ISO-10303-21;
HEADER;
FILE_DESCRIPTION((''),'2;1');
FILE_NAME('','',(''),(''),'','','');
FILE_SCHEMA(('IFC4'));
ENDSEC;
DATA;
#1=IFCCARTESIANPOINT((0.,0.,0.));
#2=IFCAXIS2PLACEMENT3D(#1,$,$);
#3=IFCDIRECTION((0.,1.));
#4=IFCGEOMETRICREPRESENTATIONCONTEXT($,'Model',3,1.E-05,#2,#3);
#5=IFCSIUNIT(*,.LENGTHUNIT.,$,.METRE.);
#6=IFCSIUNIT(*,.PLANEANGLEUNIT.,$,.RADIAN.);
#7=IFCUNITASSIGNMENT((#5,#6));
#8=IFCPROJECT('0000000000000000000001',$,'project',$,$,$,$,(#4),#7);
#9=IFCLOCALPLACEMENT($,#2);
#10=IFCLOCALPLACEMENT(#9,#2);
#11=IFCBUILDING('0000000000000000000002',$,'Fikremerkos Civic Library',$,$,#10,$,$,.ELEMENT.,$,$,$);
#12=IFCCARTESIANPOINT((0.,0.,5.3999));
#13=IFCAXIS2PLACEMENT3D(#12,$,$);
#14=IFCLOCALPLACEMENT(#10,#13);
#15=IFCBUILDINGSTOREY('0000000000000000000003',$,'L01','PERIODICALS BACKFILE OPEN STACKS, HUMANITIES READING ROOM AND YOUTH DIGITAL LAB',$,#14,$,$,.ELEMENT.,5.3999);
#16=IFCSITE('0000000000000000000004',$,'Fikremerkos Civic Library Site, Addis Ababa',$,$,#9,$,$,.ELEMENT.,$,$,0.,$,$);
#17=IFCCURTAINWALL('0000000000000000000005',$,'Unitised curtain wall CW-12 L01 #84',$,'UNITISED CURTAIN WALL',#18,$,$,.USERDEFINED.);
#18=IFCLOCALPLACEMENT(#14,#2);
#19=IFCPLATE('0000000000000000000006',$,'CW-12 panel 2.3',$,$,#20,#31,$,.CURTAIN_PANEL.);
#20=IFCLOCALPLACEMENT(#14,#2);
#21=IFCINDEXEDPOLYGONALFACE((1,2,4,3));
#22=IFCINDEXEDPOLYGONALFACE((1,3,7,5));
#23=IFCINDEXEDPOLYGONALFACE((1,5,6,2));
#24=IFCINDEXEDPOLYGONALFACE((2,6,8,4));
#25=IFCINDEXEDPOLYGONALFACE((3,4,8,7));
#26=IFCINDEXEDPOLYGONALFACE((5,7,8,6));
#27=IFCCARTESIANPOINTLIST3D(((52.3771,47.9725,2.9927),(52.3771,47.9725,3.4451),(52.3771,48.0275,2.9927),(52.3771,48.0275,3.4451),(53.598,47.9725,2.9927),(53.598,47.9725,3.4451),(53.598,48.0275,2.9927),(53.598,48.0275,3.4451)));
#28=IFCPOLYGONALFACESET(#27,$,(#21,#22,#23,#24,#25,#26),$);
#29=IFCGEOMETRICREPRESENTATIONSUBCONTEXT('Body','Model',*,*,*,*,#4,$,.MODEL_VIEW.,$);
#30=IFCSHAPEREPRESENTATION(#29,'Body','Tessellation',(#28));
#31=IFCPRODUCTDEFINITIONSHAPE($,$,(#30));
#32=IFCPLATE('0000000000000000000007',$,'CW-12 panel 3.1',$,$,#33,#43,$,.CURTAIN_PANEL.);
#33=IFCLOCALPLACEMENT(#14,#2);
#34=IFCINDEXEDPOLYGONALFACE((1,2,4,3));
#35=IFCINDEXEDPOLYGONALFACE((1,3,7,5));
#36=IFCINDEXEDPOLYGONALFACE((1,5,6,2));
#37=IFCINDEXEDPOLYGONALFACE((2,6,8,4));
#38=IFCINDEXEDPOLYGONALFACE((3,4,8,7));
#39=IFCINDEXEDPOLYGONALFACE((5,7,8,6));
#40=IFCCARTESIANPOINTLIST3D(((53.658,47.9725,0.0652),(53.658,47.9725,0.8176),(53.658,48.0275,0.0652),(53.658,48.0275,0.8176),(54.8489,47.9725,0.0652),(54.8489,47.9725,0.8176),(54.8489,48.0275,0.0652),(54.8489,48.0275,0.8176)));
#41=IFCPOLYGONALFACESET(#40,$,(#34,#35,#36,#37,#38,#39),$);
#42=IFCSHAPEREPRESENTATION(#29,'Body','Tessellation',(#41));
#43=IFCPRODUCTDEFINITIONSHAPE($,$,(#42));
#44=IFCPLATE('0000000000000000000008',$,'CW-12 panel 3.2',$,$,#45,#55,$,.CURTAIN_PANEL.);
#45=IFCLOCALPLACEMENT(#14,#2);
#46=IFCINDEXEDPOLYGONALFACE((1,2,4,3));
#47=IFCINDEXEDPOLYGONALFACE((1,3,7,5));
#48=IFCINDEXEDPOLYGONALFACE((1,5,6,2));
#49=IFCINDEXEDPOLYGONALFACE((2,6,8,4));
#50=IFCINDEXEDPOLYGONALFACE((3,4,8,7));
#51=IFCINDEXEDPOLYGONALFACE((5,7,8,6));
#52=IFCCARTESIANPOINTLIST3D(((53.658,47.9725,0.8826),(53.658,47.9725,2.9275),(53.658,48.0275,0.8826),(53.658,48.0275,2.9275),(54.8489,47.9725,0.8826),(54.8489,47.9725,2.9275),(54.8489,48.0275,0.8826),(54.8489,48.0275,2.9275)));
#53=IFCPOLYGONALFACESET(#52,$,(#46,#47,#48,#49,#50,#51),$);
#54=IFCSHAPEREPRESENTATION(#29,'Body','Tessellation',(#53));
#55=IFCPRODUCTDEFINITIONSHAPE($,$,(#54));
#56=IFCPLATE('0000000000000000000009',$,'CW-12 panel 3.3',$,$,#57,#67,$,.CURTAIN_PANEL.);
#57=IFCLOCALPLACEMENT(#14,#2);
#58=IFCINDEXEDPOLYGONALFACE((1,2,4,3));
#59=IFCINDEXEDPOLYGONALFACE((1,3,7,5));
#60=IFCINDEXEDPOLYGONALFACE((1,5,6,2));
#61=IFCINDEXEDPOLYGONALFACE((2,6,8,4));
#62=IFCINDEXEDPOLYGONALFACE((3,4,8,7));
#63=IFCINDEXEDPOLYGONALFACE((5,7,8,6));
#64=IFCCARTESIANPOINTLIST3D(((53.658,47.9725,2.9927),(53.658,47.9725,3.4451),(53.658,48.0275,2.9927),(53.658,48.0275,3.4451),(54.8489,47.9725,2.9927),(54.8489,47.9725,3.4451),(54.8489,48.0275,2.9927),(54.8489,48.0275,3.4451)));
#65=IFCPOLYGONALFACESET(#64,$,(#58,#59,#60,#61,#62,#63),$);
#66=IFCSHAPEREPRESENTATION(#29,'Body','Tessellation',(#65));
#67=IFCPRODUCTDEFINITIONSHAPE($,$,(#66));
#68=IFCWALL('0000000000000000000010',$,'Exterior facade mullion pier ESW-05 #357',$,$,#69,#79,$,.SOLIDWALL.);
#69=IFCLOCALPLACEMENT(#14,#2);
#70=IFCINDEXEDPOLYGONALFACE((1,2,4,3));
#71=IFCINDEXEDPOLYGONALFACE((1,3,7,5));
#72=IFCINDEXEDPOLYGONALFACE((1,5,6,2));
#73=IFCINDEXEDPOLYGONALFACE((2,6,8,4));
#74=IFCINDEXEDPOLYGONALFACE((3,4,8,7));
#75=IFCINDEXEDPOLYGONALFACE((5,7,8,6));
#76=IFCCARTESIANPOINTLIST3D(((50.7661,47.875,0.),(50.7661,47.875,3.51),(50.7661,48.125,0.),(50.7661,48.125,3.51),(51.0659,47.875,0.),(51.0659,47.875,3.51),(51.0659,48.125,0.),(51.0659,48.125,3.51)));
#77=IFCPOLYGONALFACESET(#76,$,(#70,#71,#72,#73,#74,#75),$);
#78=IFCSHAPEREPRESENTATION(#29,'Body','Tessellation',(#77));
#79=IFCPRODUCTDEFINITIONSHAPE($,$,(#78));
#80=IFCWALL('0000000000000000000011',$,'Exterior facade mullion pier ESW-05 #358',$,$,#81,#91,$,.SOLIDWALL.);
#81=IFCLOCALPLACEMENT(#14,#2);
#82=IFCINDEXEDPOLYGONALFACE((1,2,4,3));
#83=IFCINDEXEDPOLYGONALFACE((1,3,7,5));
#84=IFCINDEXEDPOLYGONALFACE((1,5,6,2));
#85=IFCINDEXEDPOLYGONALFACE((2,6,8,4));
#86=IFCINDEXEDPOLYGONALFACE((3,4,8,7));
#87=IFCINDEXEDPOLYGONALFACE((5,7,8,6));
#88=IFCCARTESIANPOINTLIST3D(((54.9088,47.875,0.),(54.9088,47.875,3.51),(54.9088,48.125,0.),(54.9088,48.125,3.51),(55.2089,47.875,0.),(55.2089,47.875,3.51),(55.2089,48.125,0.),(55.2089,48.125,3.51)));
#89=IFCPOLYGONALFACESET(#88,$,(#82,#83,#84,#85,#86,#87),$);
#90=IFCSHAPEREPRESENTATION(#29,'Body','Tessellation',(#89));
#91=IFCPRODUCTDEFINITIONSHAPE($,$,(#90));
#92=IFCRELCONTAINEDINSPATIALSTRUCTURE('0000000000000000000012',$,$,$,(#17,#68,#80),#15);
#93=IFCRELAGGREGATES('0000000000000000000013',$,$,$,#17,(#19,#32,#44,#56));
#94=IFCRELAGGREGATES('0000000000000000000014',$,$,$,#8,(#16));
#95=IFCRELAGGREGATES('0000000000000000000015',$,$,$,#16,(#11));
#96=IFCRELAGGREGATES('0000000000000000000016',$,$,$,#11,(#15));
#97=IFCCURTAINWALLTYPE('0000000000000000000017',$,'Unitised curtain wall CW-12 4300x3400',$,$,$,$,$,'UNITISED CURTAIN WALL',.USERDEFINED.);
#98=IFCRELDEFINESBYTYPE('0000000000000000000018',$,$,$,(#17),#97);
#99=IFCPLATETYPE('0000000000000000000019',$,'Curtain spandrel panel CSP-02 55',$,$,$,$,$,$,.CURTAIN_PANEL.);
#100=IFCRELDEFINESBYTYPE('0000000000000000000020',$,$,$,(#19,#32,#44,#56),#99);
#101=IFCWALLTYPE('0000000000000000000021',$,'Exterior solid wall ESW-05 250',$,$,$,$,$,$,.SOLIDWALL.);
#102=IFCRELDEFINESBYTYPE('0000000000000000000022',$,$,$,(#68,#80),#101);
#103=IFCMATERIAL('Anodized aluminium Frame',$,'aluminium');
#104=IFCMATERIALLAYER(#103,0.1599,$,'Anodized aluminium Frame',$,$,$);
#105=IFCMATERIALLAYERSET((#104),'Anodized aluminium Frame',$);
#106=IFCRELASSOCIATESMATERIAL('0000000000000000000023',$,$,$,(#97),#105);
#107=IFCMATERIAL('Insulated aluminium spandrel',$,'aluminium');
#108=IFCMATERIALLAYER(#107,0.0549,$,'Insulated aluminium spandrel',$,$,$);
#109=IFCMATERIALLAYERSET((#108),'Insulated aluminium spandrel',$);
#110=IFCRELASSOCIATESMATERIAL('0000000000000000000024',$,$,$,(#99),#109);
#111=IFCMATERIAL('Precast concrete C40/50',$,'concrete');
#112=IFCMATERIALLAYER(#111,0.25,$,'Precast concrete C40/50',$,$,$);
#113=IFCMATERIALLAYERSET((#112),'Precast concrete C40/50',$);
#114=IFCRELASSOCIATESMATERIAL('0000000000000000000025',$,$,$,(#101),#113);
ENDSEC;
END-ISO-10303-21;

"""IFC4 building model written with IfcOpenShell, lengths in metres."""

from ifc_helpers import new_model, si_unit, direction, frame, frame_2d, origin, origin_2d, place, context, subcontext, project, spatial, rectangle, extrude, material, layer, layer_set, type_object, element, aggregate, save


model = new_model("IFC4")

# Units and contexts
model_context = context("Model", 3, precision=1e-05, world=origin(), true_north=direction((0.0, 1.0)))
body_context = subcontext(model_context, "Body", "Model", "MODEL_VIEW")
ifc_project = project(units=[si_unit("LENGTHUNIT", "METRE"), si_unit("PLANEANGLEUNIT", "RADIAN")], contexts=[model_context])

# Site, building, storey
site_placement = place(None, origin())
site = spatial("IfcSite", under=ifc_project, at=site_placement, Name="Fikremerkos Civic Library Site, Addis Ababa", CompositionType="ELEMENT", RefElevation=0.0)
building_placement = place(site_placement, origin())
building = spatial("IfcBuilding", under=site, at=building_placement, Name="Fikremerkos Civic Library", CompositionType="ELEMENT")
storey_placement = place(building_placement, frame((0.0, 0.0, 5.3999)))
storey = spatial("IfcBuildingStorey", under=building, at=storey_placement, Name="L01", Description="PERIODICALS BACKFILE OPEN STACKS, HUMANITIES READING ROOM AND YOUTH DIGITAL LAB", CompositionType="ELEMENT", Elevation=5.3999)

# Shared definitions
ifc_material_1 = material(Name="Anodized aluminium Frame", Category="aluminium")

# Curtain wall
ifc_layer_1 = layer(ifc_material_1, 0.1599, Name="Anodized aluminium Frame")
ifc_layer_set_1 = layer_set([ifc_layer_1], Name="Anodized aluminium Frame")
curtain_wall_type_1 = type_object("IfcCurtainWallType", Name="Unitised curtain wall CW-12 4300x3400", ElementType="UNITISED CURTAIN WALL", PredefinedType="USERDEFINED", material=ifc_layer_set_1)
curtain_wall_1_placement = place(storey_placement, origin())
curtain_wall_1 = element("IfcCurtainWall", 1, at=curtain_wall_1_placement, inside=storey, type_object=curtain_wall_type_1, Name="Unitised curtain wall CW-12 L01 #84", ObjectType="UNITISED CURTAIN WALL", PredefinedType="USERDEFINED")

# Plates
ifc_material_2 = material(Name="Insulated aluminium spandrel", Category="aluminium")
ifc_layer_2 = layer(ifc_material_2, 0.0549, Name="Insulated aluminium spandrel")
ifc_layer_set_2 = layer_set([ifc_layer_2], Name="Insulated aluminium spandrel")
plate_type_1 = type_object("IfcPlateType", Name="Curtain spandrel panel CSP-02 55", PredefinedType="CURTAIN_PANEL", material=ifc_layer_set_2)
plate_1_placement = place(storey_placement, frame((52.9875, 48.0, 2.9927), z_axis=(0.0, 0.0, 1.0), x_axis=(1.0, 0.0, 0.0)))
plate_1 = element("IfcPlate", 2, at=plate_1_placement, type_object=plate_type_1, Name="CW-12 panel 2.3", PredefinedType="CURTAIN_PANEL", context=body_context, shape_type="SweptSolid", body=[
    extrude(rectangle(XDim=1.2209, YDim=0.0549, at=origin_2d()), origin(), (0.0, 0.0, 1.0), 0.4524),
])
plate_2_placement = place(storey_placement, frame((54.2534, 48.0, 0.0652), z_axis=(0.0, 0.0, 1.0), x_axis=(1.0, 0.0, 0.0)))
plate_2 = element("IfcPlate", 3, at=plate_2_placement, type_object=plate_type_1, Name="CW-12 panel 3.1", PredefinedType="CURTAIN_PANEL", context=body_context, shape_type="SweptSolid", body=[
    extrude(rectangle(XDim=1.1909, YDim=0.0549, at=origin_2d()), origin(), (0.0, 0.0, 1.0), 0.7524),
])
plate_3_placement = place(storey_placement, frame((54.2534, 48.0, 0.8826), z_axis=(0.0, 0.0, 1.0), x_axis=(1.0, 0.0, 0.0)))
plate_3 = element("IfcPlate", 4, at=plate_3_placement, type_object=plate_type_1, Name="CW-12 panel 3.2", PredefinedType="CURTAIN_PANEL", context=body_context, shape_type="SweptSolid", body=[
    extrude(rectangle(XDim=1.1909, YDim=0.0549, at=origin_2d()), origin(), (0.0, 0.0, 1.0), 2.0449),
])
plate_4_placement = place(storey_placement, frame((54.2534, 48.0, 2.9927), z_axis=(0.0, 0.0, 1.0), x_axis=(1.0, 0.0, 0.0)))
plate_4 = element("IfcPlate", 5, at=plate_4_placement, type_object=plate_type_1, Name="CW-12 panel 3.3", PredefinedType="CURTAIN_PANEL", context=body_context, shape_type="SweptSolid", body=[
    extrude(rectangle(XDim=1.1909, YDim=0.0549, at=origin_2d()), origin(), (0.0, 0.0, 1.0), 0.4524),
])
aggregate(curtain_wall_1, [plate_1, plate_2, plate_3, plate_4])

# Walls
ifc_material_3 = material(Name="Precast concrete C40/50", Category="concrete")
ifc_layer_3 = layer(ifc_material_3, 0.25, Name="Precast concrete C40/50")
ifc_layer_set_3 = layer_set([ifc_layer_3], Name="Precast concrete C40/50")
wall_type = type_object("IfcWallType", Name="Exterior solid wall ESW-05 250", PredefinedType="SOLIDWALL", material=ifc_layer_set_3)
wall_1_placement = place(storey_placement, frame((50.7661, 48.0, 0.0), z_axis=(0.0, 0.0, 1.0), x_axis=(1.0, 0.0, 0.0)))
element("IfcWall", 6, at=wall_1_placement, inside=storey, type_object=wall_type, Name="Exterior facade mullion pier ESW-05 #357", PredefinedType="SOLIDWALL", context=body_context, shape_type="SweptSolid", body=[
    extrude(rectangle(XDim=0.2998, YDim=0.25, at=frame_2d((0.1499, 0.0))), origin(), (0.0, 0.0, 1.0), 3.51),
])
wall_2_placement = place(storey_placement, frame((54.9089, 48.0, 0.0), z_axis=(0.0, 0.0, 1.0), x_axis=(1.0, 0.0, 0.0)))
element("IfcWall", 7, at=wall_2_placement, inside=storey, type_object=wall_type, Name="Exterior facade mullion pier ESW-05 #358", PredefinedType="SOLIDWALL", context=body_context, shape_type="SweptSolid", body=[
    extrude(rectangle(XDim=0.3, YDim=0.25, at=frame_2d((0.1499, 0.0))), origin(), (0.0, 0.0, 1.0), 3.51),
])

save(model, "model.ifc")
